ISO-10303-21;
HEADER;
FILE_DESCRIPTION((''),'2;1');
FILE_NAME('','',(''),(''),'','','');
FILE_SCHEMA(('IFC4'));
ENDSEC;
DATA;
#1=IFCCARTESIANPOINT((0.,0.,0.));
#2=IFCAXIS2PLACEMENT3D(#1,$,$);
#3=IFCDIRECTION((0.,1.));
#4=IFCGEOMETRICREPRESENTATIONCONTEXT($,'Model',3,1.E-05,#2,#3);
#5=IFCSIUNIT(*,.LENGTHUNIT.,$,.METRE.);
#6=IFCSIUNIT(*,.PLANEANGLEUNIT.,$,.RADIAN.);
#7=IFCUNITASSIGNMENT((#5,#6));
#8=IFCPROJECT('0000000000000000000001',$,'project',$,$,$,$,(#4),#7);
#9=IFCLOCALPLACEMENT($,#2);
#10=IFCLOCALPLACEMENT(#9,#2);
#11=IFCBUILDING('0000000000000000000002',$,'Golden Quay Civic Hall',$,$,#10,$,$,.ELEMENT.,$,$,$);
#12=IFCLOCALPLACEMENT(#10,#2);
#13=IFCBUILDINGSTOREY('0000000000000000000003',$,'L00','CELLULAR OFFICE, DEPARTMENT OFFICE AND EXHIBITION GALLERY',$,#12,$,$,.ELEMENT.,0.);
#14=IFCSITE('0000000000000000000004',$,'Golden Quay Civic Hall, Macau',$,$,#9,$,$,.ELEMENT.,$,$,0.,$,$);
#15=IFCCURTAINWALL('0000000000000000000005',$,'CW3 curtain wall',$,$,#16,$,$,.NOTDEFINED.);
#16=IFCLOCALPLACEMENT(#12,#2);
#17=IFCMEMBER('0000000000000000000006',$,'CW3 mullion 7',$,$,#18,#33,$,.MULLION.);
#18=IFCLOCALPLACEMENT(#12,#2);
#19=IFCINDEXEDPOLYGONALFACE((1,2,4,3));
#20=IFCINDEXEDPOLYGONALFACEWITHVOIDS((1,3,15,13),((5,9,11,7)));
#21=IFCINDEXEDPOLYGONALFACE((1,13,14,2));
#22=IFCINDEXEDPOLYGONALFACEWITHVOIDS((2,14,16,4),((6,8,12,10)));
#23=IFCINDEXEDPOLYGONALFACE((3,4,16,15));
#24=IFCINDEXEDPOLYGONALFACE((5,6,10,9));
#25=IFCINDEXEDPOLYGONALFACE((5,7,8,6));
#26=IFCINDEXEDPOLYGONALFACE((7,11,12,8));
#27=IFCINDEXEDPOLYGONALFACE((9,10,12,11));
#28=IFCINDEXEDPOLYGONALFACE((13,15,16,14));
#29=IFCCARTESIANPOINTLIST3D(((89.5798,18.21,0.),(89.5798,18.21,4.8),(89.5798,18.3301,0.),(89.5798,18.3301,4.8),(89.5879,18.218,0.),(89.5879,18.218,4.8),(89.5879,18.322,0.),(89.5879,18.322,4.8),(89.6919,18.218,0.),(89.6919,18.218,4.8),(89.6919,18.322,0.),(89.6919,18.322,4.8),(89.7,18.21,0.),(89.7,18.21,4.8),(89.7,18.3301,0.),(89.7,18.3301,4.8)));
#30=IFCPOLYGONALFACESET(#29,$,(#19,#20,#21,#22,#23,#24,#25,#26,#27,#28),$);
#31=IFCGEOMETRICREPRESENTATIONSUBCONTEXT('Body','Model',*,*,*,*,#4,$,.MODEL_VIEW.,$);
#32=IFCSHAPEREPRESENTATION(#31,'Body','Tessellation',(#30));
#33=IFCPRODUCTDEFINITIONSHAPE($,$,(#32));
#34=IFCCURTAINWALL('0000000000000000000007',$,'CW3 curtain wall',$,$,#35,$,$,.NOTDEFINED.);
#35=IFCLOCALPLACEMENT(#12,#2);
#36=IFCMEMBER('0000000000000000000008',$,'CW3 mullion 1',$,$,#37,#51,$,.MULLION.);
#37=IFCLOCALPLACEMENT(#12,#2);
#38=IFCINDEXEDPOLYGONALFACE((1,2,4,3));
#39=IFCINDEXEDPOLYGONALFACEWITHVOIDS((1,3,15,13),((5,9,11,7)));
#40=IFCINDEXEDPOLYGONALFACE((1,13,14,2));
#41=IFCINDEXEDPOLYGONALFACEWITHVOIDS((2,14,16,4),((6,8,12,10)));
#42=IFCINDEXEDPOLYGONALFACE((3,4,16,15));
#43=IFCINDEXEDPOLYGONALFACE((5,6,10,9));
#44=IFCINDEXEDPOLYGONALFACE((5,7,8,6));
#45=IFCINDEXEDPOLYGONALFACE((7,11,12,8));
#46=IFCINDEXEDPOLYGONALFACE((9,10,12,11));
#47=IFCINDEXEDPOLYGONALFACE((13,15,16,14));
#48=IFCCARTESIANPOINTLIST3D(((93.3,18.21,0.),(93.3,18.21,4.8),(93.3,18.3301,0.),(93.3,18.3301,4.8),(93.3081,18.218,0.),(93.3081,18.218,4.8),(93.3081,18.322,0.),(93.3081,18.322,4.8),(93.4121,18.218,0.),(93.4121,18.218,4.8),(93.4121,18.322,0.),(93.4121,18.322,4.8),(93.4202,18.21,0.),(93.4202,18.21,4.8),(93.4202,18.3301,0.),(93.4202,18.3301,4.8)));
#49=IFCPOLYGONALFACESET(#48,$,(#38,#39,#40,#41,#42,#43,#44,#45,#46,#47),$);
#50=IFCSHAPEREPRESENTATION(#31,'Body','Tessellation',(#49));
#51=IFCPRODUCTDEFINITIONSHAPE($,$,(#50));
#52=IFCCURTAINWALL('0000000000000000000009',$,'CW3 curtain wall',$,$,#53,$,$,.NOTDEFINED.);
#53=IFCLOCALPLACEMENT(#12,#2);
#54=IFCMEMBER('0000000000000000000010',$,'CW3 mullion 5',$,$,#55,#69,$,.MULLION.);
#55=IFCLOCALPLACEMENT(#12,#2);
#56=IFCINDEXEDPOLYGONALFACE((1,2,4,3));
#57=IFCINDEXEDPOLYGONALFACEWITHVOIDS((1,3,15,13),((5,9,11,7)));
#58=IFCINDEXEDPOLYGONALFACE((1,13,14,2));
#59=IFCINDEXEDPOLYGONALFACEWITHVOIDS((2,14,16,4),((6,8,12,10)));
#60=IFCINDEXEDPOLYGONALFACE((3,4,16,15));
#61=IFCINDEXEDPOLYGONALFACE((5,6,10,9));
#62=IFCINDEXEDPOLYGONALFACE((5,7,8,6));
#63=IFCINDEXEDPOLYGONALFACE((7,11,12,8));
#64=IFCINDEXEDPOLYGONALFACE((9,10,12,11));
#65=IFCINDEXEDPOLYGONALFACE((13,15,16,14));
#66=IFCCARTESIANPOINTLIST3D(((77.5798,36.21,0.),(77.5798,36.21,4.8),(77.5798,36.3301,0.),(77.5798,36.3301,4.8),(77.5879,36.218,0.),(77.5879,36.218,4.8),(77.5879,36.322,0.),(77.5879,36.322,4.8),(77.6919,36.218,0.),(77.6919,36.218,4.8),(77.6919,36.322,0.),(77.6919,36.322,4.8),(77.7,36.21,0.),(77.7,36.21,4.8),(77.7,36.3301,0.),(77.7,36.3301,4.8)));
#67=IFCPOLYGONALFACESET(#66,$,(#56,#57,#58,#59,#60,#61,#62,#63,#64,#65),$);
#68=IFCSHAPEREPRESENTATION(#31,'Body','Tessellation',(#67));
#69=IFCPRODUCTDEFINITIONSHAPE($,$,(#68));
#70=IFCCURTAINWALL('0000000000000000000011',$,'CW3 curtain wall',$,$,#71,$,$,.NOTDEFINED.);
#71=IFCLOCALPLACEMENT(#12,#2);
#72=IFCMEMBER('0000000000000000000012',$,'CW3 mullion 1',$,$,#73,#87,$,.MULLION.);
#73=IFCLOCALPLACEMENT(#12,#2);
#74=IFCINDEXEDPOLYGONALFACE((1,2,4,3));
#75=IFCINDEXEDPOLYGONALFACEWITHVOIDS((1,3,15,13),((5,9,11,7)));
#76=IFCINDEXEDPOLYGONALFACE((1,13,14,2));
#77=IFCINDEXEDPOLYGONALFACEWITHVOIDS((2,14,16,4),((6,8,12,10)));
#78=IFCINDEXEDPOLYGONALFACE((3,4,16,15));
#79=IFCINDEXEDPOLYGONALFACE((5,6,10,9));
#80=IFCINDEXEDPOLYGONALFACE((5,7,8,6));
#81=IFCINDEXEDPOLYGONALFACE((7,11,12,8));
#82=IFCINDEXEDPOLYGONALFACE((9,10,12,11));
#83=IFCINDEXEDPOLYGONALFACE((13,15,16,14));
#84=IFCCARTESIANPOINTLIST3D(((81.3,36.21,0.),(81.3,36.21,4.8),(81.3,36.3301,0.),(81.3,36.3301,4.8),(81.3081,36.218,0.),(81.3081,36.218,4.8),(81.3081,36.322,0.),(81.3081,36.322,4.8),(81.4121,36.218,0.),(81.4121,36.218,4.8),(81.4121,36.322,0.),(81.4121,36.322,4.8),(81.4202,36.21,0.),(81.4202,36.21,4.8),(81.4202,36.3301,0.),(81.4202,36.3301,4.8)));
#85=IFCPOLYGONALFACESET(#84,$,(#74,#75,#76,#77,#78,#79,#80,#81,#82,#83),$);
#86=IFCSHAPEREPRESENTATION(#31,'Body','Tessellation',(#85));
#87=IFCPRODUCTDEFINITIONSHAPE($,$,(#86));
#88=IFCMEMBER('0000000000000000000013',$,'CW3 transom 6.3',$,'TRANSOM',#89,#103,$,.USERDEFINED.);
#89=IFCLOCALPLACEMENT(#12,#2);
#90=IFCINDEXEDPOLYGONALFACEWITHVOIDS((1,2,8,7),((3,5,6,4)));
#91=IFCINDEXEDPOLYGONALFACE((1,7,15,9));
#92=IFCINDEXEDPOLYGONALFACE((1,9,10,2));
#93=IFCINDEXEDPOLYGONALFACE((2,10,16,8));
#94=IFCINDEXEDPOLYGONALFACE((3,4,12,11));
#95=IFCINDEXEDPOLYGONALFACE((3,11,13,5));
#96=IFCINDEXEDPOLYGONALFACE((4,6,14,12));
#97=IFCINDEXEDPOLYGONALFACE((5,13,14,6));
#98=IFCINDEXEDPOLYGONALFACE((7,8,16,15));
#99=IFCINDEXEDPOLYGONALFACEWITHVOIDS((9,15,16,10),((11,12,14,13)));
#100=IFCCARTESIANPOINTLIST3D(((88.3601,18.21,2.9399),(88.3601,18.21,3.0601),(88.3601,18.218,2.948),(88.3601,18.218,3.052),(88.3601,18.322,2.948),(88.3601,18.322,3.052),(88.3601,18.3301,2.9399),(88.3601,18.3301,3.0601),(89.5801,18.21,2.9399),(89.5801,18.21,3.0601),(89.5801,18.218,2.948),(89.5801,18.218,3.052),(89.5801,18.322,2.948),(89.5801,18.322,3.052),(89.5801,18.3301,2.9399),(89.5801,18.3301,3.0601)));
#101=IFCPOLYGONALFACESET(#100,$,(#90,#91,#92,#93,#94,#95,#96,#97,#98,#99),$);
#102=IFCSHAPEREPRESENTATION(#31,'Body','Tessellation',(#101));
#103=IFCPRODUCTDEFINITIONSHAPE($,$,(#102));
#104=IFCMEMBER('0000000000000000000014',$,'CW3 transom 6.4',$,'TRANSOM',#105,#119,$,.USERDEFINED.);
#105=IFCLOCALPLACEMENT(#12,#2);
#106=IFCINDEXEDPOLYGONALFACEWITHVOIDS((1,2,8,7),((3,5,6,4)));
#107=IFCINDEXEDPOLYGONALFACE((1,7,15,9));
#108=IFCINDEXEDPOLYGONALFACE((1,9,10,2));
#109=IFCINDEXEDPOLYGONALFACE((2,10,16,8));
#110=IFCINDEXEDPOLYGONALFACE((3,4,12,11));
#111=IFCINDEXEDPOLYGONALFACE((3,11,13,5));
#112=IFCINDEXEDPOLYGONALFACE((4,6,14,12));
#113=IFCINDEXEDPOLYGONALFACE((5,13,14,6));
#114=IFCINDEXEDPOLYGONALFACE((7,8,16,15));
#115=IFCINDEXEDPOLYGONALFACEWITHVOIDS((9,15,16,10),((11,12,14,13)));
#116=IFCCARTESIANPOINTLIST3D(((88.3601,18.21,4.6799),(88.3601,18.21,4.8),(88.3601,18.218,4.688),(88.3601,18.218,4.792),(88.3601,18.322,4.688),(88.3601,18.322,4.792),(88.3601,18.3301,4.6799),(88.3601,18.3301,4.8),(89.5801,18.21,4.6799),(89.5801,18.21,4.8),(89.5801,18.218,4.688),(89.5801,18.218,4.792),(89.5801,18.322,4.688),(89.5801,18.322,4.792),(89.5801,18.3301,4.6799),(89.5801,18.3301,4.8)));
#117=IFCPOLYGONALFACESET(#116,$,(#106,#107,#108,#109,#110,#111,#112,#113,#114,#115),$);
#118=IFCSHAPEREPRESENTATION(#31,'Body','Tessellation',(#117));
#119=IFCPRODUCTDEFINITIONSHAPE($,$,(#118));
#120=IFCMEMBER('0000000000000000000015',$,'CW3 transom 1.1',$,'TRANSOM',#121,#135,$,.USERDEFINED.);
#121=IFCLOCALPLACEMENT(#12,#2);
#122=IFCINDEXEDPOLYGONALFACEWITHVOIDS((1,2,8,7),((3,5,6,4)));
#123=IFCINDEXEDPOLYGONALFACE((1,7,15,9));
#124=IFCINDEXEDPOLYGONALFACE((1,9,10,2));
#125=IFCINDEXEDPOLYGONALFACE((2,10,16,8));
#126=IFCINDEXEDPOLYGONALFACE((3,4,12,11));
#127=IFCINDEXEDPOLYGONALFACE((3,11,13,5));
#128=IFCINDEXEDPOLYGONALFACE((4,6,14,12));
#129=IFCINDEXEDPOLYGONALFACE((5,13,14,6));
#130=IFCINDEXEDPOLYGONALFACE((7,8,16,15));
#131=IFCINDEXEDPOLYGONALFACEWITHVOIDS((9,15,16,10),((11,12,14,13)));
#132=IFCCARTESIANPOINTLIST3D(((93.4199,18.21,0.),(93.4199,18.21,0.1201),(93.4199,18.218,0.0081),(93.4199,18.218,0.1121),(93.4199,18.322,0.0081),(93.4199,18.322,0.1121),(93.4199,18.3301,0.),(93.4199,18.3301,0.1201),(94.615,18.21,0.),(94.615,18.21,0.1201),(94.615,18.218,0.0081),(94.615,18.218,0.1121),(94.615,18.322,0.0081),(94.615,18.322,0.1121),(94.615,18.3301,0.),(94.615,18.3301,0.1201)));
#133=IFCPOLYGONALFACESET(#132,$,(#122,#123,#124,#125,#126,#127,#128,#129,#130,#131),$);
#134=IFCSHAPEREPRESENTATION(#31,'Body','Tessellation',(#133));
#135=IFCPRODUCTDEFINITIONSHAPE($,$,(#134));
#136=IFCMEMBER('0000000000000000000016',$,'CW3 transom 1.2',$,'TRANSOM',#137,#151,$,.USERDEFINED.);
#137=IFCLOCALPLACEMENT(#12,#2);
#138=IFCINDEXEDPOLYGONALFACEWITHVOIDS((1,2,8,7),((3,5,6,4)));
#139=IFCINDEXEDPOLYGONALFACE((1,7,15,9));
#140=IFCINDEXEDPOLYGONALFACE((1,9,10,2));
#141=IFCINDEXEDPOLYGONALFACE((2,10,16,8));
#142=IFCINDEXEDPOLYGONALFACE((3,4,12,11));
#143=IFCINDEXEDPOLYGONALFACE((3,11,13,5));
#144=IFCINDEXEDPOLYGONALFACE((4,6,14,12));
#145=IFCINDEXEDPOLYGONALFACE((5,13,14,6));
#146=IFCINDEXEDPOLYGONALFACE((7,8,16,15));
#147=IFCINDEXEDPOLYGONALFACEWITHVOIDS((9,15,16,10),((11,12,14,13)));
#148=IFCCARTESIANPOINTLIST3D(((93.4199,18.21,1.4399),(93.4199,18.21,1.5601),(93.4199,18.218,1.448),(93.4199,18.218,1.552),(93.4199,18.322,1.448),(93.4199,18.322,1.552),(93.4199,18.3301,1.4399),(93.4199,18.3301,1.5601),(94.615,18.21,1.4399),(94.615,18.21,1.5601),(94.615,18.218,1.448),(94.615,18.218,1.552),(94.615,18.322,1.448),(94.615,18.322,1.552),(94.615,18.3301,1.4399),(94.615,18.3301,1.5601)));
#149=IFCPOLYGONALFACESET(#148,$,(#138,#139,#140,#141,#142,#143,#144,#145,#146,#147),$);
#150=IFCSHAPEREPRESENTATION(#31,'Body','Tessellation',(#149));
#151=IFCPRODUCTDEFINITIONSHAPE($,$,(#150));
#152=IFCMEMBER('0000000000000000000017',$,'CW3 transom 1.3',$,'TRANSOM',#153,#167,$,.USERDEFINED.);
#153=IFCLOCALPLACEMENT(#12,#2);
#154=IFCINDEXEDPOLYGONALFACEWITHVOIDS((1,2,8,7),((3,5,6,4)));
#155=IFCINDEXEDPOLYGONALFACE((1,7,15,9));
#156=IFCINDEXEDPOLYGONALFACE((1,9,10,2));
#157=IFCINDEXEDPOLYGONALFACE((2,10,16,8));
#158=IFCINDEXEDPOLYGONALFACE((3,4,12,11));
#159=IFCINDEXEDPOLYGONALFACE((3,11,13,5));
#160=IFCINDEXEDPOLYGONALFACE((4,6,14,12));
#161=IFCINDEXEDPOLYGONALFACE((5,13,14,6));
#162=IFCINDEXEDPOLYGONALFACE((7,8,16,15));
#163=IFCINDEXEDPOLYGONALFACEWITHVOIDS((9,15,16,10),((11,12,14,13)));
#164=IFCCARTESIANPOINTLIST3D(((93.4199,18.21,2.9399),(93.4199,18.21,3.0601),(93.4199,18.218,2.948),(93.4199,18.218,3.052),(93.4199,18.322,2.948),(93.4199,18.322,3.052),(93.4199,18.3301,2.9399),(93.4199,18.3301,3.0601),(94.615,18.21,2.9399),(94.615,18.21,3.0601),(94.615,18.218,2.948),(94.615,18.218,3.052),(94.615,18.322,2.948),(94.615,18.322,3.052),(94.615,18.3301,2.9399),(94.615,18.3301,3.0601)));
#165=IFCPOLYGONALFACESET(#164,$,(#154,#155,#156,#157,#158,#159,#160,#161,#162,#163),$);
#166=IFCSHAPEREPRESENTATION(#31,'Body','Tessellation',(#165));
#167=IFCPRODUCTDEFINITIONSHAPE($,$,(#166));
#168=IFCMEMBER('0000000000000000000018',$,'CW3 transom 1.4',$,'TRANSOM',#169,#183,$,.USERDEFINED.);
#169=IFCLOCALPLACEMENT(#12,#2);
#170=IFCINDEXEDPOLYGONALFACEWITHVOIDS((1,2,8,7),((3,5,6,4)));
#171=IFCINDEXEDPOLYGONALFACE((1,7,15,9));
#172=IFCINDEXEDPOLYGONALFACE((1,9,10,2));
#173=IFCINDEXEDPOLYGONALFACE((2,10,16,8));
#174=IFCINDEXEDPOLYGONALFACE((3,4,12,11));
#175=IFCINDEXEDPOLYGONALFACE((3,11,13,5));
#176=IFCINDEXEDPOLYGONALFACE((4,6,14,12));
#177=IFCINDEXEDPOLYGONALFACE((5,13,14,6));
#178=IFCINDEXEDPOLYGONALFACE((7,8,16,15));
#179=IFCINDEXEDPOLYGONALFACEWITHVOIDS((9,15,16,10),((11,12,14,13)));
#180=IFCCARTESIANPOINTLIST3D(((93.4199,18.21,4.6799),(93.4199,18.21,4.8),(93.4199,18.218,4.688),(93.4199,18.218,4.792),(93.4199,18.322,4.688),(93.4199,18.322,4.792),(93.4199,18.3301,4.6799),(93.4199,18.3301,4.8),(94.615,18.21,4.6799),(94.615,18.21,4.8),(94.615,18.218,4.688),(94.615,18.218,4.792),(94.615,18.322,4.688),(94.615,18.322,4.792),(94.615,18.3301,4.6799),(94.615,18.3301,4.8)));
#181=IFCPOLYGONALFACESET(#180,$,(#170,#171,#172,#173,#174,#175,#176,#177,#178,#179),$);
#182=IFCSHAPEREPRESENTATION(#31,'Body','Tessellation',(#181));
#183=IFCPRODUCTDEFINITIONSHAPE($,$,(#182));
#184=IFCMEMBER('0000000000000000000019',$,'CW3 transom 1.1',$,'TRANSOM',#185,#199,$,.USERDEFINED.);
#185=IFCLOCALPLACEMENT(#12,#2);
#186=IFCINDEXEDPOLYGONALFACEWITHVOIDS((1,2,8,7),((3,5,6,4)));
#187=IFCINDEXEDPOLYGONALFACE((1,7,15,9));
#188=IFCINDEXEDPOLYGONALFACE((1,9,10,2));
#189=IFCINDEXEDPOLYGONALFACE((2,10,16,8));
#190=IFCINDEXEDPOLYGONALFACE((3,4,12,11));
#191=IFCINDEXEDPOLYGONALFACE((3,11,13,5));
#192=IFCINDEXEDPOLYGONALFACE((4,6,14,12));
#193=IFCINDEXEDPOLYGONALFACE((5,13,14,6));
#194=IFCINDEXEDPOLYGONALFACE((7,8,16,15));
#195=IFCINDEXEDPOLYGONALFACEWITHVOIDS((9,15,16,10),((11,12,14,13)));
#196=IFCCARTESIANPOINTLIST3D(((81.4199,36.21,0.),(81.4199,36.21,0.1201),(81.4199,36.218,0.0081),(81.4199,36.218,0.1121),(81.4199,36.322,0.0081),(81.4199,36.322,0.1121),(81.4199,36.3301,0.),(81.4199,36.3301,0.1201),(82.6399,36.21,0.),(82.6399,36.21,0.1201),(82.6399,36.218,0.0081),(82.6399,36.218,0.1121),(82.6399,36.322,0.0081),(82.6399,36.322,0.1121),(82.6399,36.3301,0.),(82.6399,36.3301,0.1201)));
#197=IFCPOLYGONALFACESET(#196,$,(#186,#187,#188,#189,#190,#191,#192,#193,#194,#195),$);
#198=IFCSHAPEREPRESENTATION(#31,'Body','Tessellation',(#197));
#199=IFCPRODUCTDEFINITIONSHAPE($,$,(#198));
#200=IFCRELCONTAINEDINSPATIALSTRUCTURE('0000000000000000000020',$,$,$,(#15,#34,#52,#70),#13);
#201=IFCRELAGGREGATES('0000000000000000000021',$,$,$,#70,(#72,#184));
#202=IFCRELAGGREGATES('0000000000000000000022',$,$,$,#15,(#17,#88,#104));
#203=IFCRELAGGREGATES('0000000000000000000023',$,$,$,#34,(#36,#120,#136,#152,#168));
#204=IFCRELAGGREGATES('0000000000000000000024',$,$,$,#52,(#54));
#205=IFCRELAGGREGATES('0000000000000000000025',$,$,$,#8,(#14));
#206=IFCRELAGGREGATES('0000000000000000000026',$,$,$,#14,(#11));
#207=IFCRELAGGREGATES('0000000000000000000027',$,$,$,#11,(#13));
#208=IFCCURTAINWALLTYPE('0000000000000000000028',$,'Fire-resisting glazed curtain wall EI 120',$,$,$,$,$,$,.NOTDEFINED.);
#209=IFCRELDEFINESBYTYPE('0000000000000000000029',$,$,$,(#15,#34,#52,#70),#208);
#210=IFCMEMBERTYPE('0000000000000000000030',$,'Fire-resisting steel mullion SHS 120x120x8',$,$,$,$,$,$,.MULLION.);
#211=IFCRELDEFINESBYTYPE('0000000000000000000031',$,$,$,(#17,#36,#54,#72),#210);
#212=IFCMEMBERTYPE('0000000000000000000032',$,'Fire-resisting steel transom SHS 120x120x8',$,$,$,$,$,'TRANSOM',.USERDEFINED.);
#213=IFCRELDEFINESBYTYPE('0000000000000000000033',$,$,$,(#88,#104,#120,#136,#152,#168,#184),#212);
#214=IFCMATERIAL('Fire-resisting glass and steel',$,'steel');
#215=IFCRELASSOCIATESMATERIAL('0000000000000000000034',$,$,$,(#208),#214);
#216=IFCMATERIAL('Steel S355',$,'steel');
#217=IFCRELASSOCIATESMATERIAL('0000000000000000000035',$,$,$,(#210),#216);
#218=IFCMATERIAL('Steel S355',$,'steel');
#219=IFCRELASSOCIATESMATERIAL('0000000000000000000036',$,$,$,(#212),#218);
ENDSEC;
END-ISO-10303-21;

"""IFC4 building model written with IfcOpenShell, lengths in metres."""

from ifc_helpers import new_model, si_unit, direction, frame, origin, origin_2d, place, context, subcontext, project, spatial, hollow_rectangle, extrude, material, material_profile, profile_set, type_object, element, aggregate, save


model = new_model("IFC4")

# Units and contexts
model_context = context("Model", 3, precision=1e-05, world=origin(), true_north=direction((0.0, 1.0)))
body_context = subcontext(model_context, "Body", "Model", "MODEL_VIEW")
ifc_project = project(units=[si_unit("LENGTHUNIT", "METRE"), si_unit("PLANEANGLEUNIT", "RADIAN")], contexts=[model_context])

# Site, building, storey
site_placement = place(None, origin())
site = spatial("IfcSite", under=ifc_project, at=site_placement, Name="Golden Quay Civic Hall, Macau", CompositionType="ELEMENT", RefElevation=0.0)
building_placement = place(site_placement, origin())
building = spatial("IfcBuilding", under=site, at=building_placement, Name="Golden Quay Civic Hall", CompositionType="ELEMENT")
storey_placement = place(building_placement, origin())
storey = spatial("IfcBuildingStorey", under=building, at=storey_placement, Name="L00", Description="CELLULAR OFFICE, DEPARTMENT OFFICE AND EXHIBITION GALLERY", CompositionType="ELEMENT", Elevation=0.0)

# Curtain walls, members
ifc_material_1 = material(Name="Fire-resisting glass and steel", Category="steel")
curtain_wall_type = type_object("IfcCurtainWallType", Name="Fire-resisting glazed curtain wall EI 120", PredefinedType="NOTDEFINED", material=ifc_material_1)
curtain_wall_1_placement = place(storey_placement, origin())
curtain_wall_1 = element("IfcCurtainWall", 1, at=curtain_wall_1_placement, inside=storey, type_object=curtain_wall_type, Name="CW3 curtain wall", PredefinedType="NOTDEFINED")
ifc_material_2 = material(Name="Steel S355", Category="steel")
ifc_material_profile_1 = material_profile(ifc_material_2, hollow_rectangle(XDim=0.1201, YDim=0.1201, WallThickness=0.0081, at=origin_2d()), Name="SHS 120x120x8")
ifc_profile_set_1 = profile_set([ifc_material_profile_1], Name="Steel S355")
member_type_1 = type_object("IfcMemberType", Name="Fire-resisting steel mullion SHS 120x120x8", PredefinedType="MULLION", material=ifc_profile_set_1)
member_1_placement = place(storey_placement, frame((89.6399, 18.27, 0.0), z_axis=(0.0, 0.0, 1.0), x_axis=(0.0, 1.0, 0.0)))
member_1 = element("IfcMember", 2, at=member_1_placement, type_object=member_type_1, Name="CW3 mullion 7", PredefinedType="MULLION", context=body_context, shape_type="SweptSolid", body=[
    extrude(hollow_rectangle(XDim=0.1201, YDim=0.1201, WallThickness=0.0081, at=origin_2d()), origin(), (0.0, 0.0, 1.0), 4.8),
])
curtain_wall_2_placement = place(storey_placement, origin())
curtain_wall_2 = element("IfcCurtainWall", 3, at=curtain_wall_2_placement, inside=storey, type_object=curtain_wall_type, Name="CW3 curtain wall", PredefinedType="NOTDEFINED")
member_2_placement = place(storey_placement, frame((93.3601, 18.27, 0.0), z_axis=(0.0, 0.0, 1.0), x_axis=(0.0, 1.0, 0.0)))
member_2 = element("IfcMember", 4, at=member_2_placement, type_object=member_type_1, Name="CW3 mullion 1", PredefinedType="MULLION", context=body_context, shape_type="SweptSolid", body=[
    extrude(hollow_rectangle(XDim=0.1201, YDim=0.1201, WallThickness=0.0081, at=origin_2d()), origin(), (0.0, 0.0, 1.0), 4.8),
])
curtain_wall_3_placement = place(storey_placement, origin())
curtain_wall_3 = element("IfcCurtainWall", 5, at=curtain_wall_3_placement, inside=storey, type_object=curtain_wall_type, Name="CW3 curtain wall", PredefinedType="NOTDEFINED")
member_3_placement = place(storey_placement, frame((77.6399, 36.27, 0.0), z_axis=(0.0, 0.0, 1.0), x_axis=(0.0, 1.0, 0.0)))
member_3 = element("IfcMember", 6, at=member_3_placement, type_object=member_type_1, Name="CW3 mullion 5", PredefinedType="MULLION", context=body_context, shape_type="SweptSolid", body=[
    extrude(hollow_rectangle(XDim=0.1201, YDim=0.1201, WallThickness=0.0081, at=origin_2d()), origin(), (0.0, 0.0, 1.0), 4.8),
])
curtain_wall_4_placement = place(storey_placement, origin())
curtain_wall_4 = element("IfcCurtainWall", 7, at=curtain_wall_4_placement, inside=storey, type_object=curtain_wall_type, Name="CW3 curtain wall", PredefinedType="NOTDEFINED")
member_4_placement = place(storey_placement, frame((81.3601, 36.27, 0.0), z_axis=(0.0, 0.0, 1.0), x_axis=(0.0, 1.0, 0.0)))
member_4 = element("IfcMember", 8, at=member_4_placement, type_object=member_type_1, Name="CW3 mullion 1", PredefinedType="MULLION", context=body_context, shape_type="SweptSolid", body=[
    extrude(hollow_rectangle(XDim=0.1201, YDim=0.1201, WallThickness=0.0081, at=origin_2d()), origin(), (0.0, 0.0, 1.0), 4.8),
])

# Members
ifc_material_3 = material(Name="Steel S355", Category="steel")
ifc_material_profile_2 = material_profile(ifc_material_3, hollow_rectangle(XDim=0.1201, YDim=0.1201, WallThickness=0.0081, at=origin_2d()), Name="SHS 120x120x8")
ifc_profile_set_2 = profile_set([ifc_material_profile_2], Name="Steel S355")
member_type_2 = type_object("IfcMemberType", Name="Fire-resisting steel transom SHS 120x120x8", ElementType="TRANSOM", PredefinedType="USERDEFINED", material=ifc_profile_set_2)
member_5_placement = place(storey_placement, frame((88.3601, 18.27, 3.0), z_axis=(1.0, 0.0, 0.0), x_axis=(0.0, 1.0, 0.0)))
member_5 = element("IfcMember", 9, at=member_5_placement, type_object=member_type_2, Name="CW3 transom 6.3", ObjectType="TRANSOM", PredefinedType="USERDEFINED", context=body_context, shape_type="SweptSolid", body=[
    extrude(hollow_rectangle(XDim=0.1201, YDim=0.1201, WallThickness=0.0081, at=origin_2d()), origin(), (0.0, 0.0, 1.0), 1.22),
])
member_6_placement = place(storey_placement, frame((88.3601, 18.27, 4.74), z_axis=(1.0, 0.0, 0.0), x_axis=(0.0, 1.0, 0.0)))
member_6 = element("IfcMember", 10, at=member_6_placement, type_object=member_type_2, Name="CW3 transom 6.4", ObjectType="TRANSOM", PredefinedType="USERDEFINED", context=body_context, shape_type="SweptSolid", body=[
    extrude(hollow_rectangle(XDim=0.1201, YDim=0.1201, WallThickness=0.0081, at=origin_2d()), origin(), (0.0, 0.0, 1.0), 1.22),
])
member_7_placement = place(storey_placement, frame((93.4199, 18.27, 0.0601), z_axis=(1.0, 0.0, 0.0), x_axis=(0.0, 1.0, 0.0)))
member_7 = element("IfcMember", 11, at=member_7_placement, type_object=member_type_2, Name="CW3 transom 1.1", ObjectType="TRANSOM", PredefinedType="USERDEFINED", context=body_context, shape_type="SweptSolid", body=[
    extrude(hollow_rectangle(XDim=0.1201, YDim=0.1201, WallThickness=0.0081, at=origin_2d()), origin(), (0.0, 0.0, 1.0), 1.1951),
])
member_8_placement = place(storey_placement, frame((93.4199, 18.27, 1.5), z_axis=(1.0, 0.0, 0.0), x_axis=(0.0, 1.0, 0.0)))
member_8 = element("IfcMember", 12, at=member_8_placement, type_object=member_type_2, Name="CW3 transom 1.2", ObjectType="TRANSOM", PredefinedType="USERDEFINED", context=body_context, shape_type="SweptSolid", body=[
    extrude(hollow_rectangle(XDim=0.1201, YDim=0.1201, WallThickness=0.0081, at=origin_2d()), origin(), (0.0, 0.0, 1.0), 1.1951),
])
member_9_placement = place(storey_placement, frame((93.4199, 18.27, 3.0), z_axis=(1.0, 0.0, 0.0), x_axis=(0.0, 1.0, 0.0)))
member_9 = element("IfcMember", 13, at=member_9_placement, type_object=member_type_2, Name="CW3 transom 1.3", ObjectType="TRANSOM", PredefinedType="USERDEFINED", context=body_context, shape_type="SweptSolid", body=[
    extrude(hollow_rectangle(XDim=0.1201, YDim=0.1201, WallThickness=0.0081, at=origin_2d()), origin(), (0.0, 0.0, 1.0), 1.1951),
])
member_10_placement = place(storey_placement, frame((93.4199, 18.27, 4.74), z_axis=(1.0, 0.0, 0.0), x_axis=(0.0, 1.0, 0.0)))
member_10 = element("IfcMember", 14, at=member_10_placement, type_object=member_type_2, Name="CW3 transom 1.4", ObjectType="TRANSOM", PredefinedType="USERDEFINED", context=body_context, shape_type="SweptSolid", body=[
    extrude(hollow_rectangle(XDim=0.1201, YDim=0.1201, WallThickness=0.0081, at=origin_2d()), origin(), (0.0, 0.0, 1.0), 1.1951),
])
member_11_placement = place(storey_placement, frame((81.4199, 36.27, 0.0601), z_axis=(1.0, 0.0, 0.0), x_axis=(0.0, 1.0, 0.0)))
member_11 = element("IfcMember", 15, at=member_11_placement, type_object=member_type_2, Name="CW3 transom 1.1", ObjectType="TRANSOM", PredefinedType="USERDEFINED", context=body_context, shape_type="SweptSolid", body=[
    extrude(hollow_rectangle(XDim=0.1201, YDim=0.1201, WallThickness=0.0081, at=origin_2d()), origin(), (0.0, 0.0, 1.0), 1.22),
])
aggregate(curtain_wall_4, [member_4, member_11])

aggregate(curtain_wall_1, [member_1, member_5, member_6])
aggregate(curtain_wall_2, [member_2, member_7, member_8, member_9, member_10])
aggregate(curtain_wall_3, [member_3])

save(model, "model.ifc")
